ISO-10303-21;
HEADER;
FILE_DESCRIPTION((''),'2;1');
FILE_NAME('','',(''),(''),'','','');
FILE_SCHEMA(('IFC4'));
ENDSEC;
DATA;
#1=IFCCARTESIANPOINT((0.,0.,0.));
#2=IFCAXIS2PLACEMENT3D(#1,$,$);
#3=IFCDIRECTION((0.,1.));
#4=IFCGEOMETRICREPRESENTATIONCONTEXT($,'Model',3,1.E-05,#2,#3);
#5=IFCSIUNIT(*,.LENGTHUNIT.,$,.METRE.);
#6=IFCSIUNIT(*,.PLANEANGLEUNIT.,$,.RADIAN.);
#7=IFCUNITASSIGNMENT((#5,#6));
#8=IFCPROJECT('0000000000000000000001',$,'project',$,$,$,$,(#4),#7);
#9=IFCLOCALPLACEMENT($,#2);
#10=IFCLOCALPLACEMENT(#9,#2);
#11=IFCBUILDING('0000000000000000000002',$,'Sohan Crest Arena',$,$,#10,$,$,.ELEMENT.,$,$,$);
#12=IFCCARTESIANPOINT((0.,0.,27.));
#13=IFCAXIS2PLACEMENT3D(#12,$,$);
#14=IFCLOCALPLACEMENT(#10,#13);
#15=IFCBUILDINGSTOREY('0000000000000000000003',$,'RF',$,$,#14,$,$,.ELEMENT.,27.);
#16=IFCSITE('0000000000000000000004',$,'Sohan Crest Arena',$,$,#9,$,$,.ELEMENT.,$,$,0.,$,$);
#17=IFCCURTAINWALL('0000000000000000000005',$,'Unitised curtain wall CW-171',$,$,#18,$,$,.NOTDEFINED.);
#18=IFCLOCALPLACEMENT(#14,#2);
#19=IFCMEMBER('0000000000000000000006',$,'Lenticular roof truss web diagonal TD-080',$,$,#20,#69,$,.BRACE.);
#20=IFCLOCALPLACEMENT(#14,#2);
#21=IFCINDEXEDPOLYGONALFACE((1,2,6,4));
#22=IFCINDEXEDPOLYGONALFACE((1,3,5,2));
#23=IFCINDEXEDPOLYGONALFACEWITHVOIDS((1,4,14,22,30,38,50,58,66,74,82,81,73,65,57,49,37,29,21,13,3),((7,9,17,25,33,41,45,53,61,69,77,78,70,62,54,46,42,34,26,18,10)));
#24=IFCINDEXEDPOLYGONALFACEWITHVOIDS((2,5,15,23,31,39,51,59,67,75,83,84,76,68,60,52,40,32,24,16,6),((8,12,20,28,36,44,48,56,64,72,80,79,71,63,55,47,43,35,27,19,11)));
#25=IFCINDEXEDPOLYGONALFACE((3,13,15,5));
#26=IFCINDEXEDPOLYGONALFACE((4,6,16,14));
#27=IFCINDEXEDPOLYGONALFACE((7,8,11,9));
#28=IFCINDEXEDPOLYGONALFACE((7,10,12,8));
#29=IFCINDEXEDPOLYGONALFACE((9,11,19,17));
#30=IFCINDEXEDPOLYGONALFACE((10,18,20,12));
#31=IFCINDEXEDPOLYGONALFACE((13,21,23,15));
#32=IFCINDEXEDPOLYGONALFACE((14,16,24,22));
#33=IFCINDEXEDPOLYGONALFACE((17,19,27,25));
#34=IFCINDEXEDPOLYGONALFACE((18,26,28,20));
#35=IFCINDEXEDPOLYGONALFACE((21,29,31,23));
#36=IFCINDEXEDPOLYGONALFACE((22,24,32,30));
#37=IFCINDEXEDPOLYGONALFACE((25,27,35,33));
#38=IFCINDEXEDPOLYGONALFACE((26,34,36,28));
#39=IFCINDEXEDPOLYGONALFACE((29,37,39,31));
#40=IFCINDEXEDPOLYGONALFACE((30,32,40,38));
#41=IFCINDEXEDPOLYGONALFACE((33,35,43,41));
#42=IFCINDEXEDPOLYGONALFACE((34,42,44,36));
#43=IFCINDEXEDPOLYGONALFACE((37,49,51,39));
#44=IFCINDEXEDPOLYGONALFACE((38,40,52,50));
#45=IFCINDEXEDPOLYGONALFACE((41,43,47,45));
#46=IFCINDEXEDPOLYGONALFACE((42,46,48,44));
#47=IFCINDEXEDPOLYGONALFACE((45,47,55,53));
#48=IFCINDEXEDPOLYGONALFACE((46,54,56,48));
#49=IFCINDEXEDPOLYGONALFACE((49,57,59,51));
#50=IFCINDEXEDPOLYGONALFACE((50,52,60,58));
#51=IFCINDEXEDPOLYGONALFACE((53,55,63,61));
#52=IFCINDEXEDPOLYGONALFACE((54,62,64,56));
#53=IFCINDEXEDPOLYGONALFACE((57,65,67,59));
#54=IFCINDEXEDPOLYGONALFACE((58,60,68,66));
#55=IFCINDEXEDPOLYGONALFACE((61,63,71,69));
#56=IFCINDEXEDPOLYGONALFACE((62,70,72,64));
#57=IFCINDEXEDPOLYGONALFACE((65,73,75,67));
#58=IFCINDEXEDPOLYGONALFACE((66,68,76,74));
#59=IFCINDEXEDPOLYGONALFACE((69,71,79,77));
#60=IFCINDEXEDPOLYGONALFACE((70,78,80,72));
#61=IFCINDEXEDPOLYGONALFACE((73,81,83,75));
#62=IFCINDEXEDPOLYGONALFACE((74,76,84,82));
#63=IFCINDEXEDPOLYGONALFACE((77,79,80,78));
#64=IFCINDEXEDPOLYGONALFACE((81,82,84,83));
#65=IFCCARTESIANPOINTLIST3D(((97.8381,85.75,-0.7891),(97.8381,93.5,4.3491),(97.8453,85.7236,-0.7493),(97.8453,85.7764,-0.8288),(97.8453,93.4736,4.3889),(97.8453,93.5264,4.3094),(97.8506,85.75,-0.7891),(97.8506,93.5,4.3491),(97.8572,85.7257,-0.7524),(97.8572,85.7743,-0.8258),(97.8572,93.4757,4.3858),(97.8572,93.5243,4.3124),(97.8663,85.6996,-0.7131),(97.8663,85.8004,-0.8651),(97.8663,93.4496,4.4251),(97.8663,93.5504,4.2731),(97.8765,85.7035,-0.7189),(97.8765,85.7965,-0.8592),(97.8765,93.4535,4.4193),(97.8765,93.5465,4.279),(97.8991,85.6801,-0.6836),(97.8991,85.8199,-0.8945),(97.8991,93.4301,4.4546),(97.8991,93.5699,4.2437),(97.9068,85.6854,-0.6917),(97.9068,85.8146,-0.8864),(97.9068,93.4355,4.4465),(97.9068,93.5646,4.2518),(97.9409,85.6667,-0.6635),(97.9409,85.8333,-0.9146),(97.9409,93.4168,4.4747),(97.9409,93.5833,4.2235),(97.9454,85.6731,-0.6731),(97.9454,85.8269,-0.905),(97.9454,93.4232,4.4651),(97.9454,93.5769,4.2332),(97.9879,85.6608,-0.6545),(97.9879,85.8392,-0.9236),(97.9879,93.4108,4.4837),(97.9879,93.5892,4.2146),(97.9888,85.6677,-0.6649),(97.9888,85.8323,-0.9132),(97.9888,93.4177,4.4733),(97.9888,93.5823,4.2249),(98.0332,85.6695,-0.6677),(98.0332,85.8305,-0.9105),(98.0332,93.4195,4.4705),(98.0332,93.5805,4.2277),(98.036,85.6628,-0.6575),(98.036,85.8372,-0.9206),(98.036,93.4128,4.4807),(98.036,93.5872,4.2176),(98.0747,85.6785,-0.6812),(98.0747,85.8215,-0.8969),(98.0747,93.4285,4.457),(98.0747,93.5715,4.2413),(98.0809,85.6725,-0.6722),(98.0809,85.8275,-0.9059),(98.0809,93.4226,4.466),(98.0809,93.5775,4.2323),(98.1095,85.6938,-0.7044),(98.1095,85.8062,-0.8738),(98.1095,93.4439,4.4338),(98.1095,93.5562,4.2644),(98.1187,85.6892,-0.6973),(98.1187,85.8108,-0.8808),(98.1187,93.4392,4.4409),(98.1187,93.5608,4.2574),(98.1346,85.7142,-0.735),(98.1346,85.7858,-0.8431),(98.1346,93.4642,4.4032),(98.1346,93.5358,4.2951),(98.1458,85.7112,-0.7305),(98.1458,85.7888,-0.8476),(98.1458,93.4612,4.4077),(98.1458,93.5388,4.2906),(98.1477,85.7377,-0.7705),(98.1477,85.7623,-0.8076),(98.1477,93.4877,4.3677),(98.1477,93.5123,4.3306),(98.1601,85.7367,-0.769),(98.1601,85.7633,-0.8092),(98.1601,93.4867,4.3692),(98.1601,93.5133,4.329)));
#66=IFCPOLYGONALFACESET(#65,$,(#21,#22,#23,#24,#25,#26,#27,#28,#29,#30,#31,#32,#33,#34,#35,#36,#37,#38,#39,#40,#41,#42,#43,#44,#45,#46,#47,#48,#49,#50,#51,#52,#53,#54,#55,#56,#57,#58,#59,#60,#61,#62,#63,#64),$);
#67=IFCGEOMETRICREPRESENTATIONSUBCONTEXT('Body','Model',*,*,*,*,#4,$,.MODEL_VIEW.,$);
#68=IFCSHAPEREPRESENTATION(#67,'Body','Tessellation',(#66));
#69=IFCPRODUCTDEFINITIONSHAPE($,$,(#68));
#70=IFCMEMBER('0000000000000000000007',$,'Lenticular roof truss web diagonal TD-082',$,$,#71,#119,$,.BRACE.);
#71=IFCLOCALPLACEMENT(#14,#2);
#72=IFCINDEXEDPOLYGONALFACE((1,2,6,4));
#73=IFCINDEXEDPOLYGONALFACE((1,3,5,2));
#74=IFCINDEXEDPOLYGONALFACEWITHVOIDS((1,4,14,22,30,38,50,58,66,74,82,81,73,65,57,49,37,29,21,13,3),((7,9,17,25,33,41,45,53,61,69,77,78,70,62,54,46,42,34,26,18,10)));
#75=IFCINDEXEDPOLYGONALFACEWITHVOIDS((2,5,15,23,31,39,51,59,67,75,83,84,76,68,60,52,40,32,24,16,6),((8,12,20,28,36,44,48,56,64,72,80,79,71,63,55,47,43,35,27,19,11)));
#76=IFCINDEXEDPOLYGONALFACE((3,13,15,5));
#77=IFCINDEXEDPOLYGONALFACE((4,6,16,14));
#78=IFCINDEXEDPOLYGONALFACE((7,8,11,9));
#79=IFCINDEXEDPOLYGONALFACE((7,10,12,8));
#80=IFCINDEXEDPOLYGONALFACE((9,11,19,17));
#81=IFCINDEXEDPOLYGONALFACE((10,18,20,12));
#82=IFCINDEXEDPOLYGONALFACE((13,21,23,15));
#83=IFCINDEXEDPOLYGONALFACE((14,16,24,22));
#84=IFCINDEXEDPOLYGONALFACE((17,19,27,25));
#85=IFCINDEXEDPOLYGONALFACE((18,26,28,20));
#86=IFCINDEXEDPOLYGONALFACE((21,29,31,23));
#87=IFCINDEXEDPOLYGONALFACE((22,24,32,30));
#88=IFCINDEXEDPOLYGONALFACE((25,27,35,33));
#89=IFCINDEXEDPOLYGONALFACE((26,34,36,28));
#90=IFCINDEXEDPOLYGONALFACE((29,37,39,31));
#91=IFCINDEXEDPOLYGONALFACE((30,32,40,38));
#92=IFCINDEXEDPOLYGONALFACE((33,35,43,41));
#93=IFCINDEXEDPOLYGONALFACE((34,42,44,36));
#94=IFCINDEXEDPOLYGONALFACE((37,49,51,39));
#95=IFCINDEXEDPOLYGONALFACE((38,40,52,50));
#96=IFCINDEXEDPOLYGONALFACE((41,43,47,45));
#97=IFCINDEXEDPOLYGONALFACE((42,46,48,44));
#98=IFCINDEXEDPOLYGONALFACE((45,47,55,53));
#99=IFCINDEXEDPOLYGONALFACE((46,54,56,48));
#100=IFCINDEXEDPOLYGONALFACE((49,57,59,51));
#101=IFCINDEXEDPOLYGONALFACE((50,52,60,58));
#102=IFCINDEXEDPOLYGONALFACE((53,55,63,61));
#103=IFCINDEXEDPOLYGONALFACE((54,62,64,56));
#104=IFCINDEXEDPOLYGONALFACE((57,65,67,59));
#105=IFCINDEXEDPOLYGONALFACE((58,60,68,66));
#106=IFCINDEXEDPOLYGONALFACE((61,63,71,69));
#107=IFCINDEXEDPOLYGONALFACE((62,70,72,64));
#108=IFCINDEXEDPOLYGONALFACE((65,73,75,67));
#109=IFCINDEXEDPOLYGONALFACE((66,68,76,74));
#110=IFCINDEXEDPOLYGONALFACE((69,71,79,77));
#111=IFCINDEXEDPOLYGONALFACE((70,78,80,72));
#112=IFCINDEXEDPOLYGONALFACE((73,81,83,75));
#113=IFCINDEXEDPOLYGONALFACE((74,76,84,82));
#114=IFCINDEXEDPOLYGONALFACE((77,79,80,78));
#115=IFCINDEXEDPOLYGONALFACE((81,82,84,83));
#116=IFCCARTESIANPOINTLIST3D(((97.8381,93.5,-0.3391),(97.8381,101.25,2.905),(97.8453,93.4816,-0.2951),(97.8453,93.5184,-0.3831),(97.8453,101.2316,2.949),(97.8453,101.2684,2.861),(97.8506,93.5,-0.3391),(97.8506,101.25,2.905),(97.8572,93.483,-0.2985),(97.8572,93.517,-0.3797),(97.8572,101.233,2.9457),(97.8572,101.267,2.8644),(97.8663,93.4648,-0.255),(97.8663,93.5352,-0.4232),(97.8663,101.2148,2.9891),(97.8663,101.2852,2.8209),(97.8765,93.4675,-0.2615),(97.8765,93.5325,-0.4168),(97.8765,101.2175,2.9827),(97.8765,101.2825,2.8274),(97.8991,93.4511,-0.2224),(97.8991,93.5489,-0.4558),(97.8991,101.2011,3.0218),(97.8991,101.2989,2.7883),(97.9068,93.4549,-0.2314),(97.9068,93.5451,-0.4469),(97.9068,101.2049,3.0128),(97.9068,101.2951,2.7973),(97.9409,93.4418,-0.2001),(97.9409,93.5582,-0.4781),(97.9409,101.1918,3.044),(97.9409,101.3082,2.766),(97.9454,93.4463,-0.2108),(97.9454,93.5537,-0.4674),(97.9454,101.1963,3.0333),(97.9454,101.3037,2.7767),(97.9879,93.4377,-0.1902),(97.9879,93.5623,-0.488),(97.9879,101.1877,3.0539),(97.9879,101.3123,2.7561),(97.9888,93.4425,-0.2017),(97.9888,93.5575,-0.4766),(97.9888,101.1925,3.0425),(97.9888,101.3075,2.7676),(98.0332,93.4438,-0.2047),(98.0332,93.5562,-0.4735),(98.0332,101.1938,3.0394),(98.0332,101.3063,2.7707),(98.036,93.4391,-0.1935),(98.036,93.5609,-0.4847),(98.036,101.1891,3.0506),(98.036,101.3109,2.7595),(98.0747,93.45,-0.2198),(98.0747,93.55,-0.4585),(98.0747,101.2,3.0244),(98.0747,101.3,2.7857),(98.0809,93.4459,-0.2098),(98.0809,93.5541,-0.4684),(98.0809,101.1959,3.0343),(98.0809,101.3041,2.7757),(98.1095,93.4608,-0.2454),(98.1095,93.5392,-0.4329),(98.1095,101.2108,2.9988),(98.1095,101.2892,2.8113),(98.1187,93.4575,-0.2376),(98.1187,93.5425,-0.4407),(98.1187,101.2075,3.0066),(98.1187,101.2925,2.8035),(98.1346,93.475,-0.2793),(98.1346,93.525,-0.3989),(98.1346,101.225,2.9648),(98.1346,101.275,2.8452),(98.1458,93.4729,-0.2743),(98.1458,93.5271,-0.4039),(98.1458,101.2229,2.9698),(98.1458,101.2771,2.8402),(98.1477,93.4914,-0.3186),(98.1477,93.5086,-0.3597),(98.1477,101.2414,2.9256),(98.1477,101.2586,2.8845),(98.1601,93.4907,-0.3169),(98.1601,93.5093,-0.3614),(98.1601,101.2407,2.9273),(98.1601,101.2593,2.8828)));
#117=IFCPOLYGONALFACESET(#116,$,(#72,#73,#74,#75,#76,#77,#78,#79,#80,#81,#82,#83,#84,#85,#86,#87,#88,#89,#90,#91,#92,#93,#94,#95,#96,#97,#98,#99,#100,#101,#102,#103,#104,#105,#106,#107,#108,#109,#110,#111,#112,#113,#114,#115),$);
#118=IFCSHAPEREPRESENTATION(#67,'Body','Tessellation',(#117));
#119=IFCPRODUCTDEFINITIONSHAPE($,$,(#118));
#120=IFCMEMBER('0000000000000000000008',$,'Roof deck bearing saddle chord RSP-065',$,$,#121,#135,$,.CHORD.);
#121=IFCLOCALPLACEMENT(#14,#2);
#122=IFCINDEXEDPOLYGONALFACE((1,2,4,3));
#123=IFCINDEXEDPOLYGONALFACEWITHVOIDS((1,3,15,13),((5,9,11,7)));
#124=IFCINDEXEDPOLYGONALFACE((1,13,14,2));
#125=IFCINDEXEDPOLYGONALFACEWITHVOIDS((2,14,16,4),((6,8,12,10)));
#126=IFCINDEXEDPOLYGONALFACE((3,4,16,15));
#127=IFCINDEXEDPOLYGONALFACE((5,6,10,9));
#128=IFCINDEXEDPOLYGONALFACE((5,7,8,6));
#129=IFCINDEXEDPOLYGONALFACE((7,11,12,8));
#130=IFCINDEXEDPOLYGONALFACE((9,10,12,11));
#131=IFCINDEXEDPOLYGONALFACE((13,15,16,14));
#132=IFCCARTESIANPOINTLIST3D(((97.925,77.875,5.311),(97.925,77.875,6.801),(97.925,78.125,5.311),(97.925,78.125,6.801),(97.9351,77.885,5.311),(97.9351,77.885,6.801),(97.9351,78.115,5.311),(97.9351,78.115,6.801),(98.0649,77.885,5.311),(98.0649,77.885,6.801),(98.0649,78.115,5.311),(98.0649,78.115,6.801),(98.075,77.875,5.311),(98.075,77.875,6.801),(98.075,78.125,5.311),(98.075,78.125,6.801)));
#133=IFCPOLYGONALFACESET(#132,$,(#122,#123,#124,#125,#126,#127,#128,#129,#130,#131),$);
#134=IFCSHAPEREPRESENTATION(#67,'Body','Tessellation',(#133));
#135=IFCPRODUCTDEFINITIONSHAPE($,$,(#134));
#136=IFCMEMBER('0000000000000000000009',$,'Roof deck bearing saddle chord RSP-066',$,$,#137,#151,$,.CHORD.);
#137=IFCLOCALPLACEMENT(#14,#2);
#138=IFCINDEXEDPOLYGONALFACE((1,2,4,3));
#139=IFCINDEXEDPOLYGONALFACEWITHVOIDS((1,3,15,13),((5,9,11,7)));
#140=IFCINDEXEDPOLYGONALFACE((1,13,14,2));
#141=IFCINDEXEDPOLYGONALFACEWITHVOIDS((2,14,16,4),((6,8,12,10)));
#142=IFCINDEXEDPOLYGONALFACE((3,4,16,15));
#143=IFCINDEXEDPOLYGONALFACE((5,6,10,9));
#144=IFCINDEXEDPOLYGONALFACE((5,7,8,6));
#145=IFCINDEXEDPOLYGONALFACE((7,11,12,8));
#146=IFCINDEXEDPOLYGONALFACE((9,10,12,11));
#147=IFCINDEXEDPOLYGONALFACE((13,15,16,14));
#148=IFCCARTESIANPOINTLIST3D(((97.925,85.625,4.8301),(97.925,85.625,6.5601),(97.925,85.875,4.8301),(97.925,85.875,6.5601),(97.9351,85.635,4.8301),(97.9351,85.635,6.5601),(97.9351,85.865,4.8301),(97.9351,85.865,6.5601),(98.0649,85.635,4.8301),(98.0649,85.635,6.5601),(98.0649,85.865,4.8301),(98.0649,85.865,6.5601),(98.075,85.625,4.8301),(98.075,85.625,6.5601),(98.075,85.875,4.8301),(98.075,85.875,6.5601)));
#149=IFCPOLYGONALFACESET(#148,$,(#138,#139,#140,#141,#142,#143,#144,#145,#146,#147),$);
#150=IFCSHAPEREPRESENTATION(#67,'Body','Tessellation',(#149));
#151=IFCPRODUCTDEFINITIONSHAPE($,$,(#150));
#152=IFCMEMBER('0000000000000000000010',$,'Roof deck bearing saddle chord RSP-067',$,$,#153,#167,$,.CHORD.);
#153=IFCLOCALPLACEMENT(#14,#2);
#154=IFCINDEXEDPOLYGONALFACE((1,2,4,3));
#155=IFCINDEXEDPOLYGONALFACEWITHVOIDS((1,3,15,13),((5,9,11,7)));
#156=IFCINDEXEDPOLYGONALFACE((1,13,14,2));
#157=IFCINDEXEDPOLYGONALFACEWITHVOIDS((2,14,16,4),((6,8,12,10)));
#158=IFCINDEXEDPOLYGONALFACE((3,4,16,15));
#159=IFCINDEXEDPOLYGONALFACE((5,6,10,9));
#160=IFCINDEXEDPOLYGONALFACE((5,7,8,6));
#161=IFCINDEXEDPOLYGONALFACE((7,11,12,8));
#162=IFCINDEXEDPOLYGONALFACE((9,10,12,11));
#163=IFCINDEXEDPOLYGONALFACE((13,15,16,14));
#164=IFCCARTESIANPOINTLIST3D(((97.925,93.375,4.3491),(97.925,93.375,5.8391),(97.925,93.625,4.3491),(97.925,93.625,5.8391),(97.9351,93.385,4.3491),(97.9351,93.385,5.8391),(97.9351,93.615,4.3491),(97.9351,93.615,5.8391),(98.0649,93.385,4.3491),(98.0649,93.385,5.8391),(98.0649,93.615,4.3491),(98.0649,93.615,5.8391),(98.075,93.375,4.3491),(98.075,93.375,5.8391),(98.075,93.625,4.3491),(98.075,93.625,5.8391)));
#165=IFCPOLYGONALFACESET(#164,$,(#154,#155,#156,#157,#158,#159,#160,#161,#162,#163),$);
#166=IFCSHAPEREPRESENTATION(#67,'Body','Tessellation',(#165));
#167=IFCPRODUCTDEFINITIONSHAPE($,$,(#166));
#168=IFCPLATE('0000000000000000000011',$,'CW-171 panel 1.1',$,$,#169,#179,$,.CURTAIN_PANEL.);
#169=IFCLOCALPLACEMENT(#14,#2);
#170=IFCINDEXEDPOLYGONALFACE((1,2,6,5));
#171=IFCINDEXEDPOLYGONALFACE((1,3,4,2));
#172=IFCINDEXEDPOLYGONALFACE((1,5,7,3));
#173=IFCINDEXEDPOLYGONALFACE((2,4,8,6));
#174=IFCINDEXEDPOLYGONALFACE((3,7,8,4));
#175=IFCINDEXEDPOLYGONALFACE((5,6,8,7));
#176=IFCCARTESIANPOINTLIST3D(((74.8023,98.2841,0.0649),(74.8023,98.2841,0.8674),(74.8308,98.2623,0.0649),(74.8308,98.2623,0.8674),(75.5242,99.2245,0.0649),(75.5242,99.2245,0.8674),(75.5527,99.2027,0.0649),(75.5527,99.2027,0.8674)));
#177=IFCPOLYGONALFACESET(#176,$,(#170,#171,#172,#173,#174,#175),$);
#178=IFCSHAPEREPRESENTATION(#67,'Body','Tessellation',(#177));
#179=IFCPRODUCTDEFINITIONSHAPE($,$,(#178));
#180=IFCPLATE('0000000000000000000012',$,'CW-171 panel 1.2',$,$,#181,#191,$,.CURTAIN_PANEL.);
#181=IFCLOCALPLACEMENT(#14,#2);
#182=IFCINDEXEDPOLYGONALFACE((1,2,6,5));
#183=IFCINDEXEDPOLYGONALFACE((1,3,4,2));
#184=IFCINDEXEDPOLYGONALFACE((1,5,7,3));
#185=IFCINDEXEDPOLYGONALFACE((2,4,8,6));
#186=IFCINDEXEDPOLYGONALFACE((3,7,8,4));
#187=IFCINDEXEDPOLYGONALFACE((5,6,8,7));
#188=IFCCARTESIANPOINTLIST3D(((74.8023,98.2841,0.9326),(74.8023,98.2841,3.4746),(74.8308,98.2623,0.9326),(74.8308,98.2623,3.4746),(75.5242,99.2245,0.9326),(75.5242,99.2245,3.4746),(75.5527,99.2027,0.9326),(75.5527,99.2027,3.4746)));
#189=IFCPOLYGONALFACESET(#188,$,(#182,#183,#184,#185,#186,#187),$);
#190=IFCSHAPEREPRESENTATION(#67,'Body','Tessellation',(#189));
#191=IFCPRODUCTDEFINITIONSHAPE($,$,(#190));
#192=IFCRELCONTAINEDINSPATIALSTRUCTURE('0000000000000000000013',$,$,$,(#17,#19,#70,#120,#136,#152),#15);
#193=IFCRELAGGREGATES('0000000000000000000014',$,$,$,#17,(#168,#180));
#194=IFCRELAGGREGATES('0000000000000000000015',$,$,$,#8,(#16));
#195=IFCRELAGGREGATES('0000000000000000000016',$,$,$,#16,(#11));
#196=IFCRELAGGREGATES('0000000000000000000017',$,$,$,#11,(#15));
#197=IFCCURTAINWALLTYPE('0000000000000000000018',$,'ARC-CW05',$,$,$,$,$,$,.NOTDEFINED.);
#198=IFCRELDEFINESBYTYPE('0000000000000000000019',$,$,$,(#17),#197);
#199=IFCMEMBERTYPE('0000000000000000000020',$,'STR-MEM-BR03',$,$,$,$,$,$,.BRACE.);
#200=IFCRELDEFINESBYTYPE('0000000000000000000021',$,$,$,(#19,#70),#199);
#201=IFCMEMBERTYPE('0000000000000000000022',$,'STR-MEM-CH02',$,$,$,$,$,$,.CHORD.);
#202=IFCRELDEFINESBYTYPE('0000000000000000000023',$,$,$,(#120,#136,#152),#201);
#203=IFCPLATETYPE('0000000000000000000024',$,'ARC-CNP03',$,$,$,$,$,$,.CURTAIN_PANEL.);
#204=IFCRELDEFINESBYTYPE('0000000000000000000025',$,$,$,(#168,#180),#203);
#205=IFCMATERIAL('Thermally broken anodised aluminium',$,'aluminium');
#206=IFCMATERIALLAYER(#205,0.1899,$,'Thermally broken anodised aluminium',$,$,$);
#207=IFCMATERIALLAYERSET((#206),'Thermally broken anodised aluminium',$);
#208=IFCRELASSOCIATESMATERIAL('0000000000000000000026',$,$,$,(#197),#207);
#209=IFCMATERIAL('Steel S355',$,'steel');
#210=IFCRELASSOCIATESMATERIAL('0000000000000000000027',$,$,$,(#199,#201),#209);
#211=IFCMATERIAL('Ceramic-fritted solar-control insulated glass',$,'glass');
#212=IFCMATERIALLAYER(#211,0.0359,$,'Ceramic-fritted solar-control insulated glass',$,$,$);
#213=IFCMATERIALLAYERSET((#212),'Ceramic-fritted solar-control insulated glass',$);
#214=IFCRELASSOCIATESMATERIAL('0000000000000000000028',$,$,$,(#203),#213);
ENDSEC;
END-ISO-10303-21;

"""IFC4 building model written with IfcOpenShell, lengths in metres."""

from ifc_helpers import new_model, si_unit, direction, frame, origin, origin_2d, place, context, subcontext, project, spatial, rectangle, hollow_rectangle, hollow_circle, extrude, material, layer, layer_set, material_profile, profile_set, type_object, element, aggregate, save


model = new_model("IFC4")

# Units and contexts
model_context = context("Model", 3, precision=1e-05, world=origin(), true_north=direction((0.0, 1.0)))
body_context = subcontext(model_context, "Body", "Model", "MODEL_VIEW")
ifc_project = project(units=[si_unit("LENGTHUNIT", "METRE"), si_unit("PLANEANGLEUNIT", "RADIAN")], contexts=[model_context])

# Site, building, storey
site_placement = place(None, origin())
site = spatial("IfcSite", under=ifc_project, at=site_placement, Name="Sohan Crest Arena", CompositionType="ELEMENT", RefElevation=0.0)
building_placement = place(site_placement, origin())
building = spatial("IfcBuilding", under=site, at=building_placement, Name="Sohan Crest Arena", CompositionType="ELEMENT")
storey_placement = place(building_placement, frame((0.0, 0.0, 27.0)))
storey = spatial("IfcBuildingStorey", under=building, at=storey_placement, Name="RF", CompositionType="ELEMENT", Elevation=27.0)

# Curtain wall
ifc_material_1 = material(Name="Thermally broken anodised aluminium", Category="aluminium")
ifc_layer_1 = layer(ifc_material_1, 0.1899, Name="Thermally broken anodised aluminium")
ifc_layer_set_1 = layer_set([ifc_layer_1], Name="Thermally broken anodised aluminium")
curtain_wall_type = type_object("IfcCurtainWallType", Name="ARC-CW05", PredefinedType="NOTDEFINED", material=ifc_layer_set_1)
curtain_wall_placement = place(storey_placement, origin())
curtain_wall = element("IfcCurtainWall", 1, at=curtain_wall_placement, inside=storey, type_object=curtain_wall_type, Name="Unitised curtain wall CW-171", PredefinedType="NOTDEFINED")

# Shared definitions
ifc_material_2 = material(Name="Steel S355", Category="steel")

# Members
ifc_material_profile_1 = material_profile(ifc_material_2, hollow_circle(Radius=0.1619, WallThickness=0.0125, at=origin_2d()), Name="CHS 323.9x12.5")
ifc_profile_set_1 = profile_set([ifc_material_profile_1], Name="Steel S355")
member_type_1 = type_object("IfcMemberType", Name="STR-MEM-BR03", PredefinedType="BRACE", material=ifc_profile_set_1)
member_1_placement = place(storey_placement, frame((98.0, 85.75, -0.7891), z_axis=(0.0, 0.833461, 0.552578), x_axis=(-1.0, 0.0, 0.0)))
element("IfcMember", 2, at=member_1_placement, inside=storey, type_object=member_type_1, Name="Lenticular roof truss web diagonal TD-080", PredefinedType="BRACE", context=body_context, shape_type="SweptSolid", body=[
    extrude(hollow_circle(Radius=0.1619, WallThickness=0.0125, at=origin_2d()), origin(), (0.0, 0.0, 1.0), 9.2986),
])
member_2_placement = place(storey_placement, frame((98.0, 93.5, -0.3391), z_axis=(0.0, 0.922443, 0.386133), x_axis=(-1.0, 0.0, 0.0)))
element("IfcMember", 3, at=member_2_placement, inside=storey, type_object=member_type_1, Name="Lenticular roof truss web diagonal TD-082", PredefinedType="BRACE", context=body_context, shape_type="SweptSolid", body=[
    extrude(hollow_circle(Radius=0.1619, WallThickness=0.0125, at=origin_2d()), origin(), (0.0, 0.0, 1.0), 8.4016),
])
ifc_material_profile_2 = material_profile(ifc_material_2, hollow_rectangle(XDim=0.1499, YDim=0.25, WallThickness=0.01, at=origin_2d()), Name="RHS 250x150x10")
ifc_profile_set_2 = profile_set([ifc_material_profile_2], Name="Steel S355")
member_type_2 = type_object("IfcMemberType", Name="STR-MEM-CH02", PredefinedType="CHORD", material=ifc_profile_set_2)
member_3_placement = place(storey_placement, frame((98.0, 78.0, 5.311), z_axis=(0.0, 0.0, 1.0), x_axis=(1.0, 0.0, 0.0)))
element("IfcMember", 4, at=member_3_placement, inside=storey, type_object=member_type_2, Name="Roof deck bearing saddle chord RSP-065", PredefinedType="CHORD", context=body_context, shape_type="SweptSolid", body=[
    extrude(hollow_rectangle(XDim=0.1499, YDim=0.25, WallThickness=0.01, at=origin_2d()), origin(), (0.0, 0.0, 1.0), 1.49),
])
member_4_placement = place(storey_placement, frame((98.0, 85.75, 4.8301), z_axis=(0.0, 0.0, 1.0), x_axis=(1.0, 0.0, 0.0)))
element("IfcMember", 5, at=member_4_placement, inside=storey, type_object=member_type_2, Name="Roof deck bearing saddle chord RSP-066", PredefinedType="CHORD", context=body_context, shape_type="SweptSolid", body=[
    extrude(hollow_rectangle(XDim=0.1499, YDim=0.25, WallThickness=0.01, at=origin_2d()), origin(), (0.0, 0.0, 1.0), 1.73),
])
member_5_placement = place(storey_placement, frame((98.0, 93.5, 4.3491), z_axis=(0.0, 0.0, 1.0), x_axis=(1.0, 0.0, 0.0)))
element("IfcMember", 6, at=member_5_placement, inside=storey, type_object=member_type_2, Name="Roof deck bearing saddle chord RSP-067", PredefinedType="CHORD", context=body_context, shape_type="SweptSolid", body=[
    extrude(hollow_rectangle(XDim=0.1499, YDim=0.25, WallThickness=0.01, at=origin_2d()), origin(), (0.0, 0.0, 1.0), 1.49),
])

# Plates
ifc_material_3 = material(Name="Ceramic-fritted solar-control insulated glass", Category="glass")
ifc_layer_2 = layer(ifc_material_3, 0.0359, Name="Ceramic-fritted solar-control insulated glass")
ifc_layer_set_2 = layer_set([ifc_layer_2], Name="Ceramic-fritted solar-control insulated glass")
plate_type = type_object("IfcPlateType", Name="ARC-CNP03", PredefinedType="CURTAIN_PANEL", material=ifc_layer_set_2)
plate_1_placement = place(storey_placement, frame((75.1775, 98.7434, 0.0649), z_axis=(0.0, 0.0, 1.0), x_axis=(-0.608939, -0.793217, 0.0)))
plate_1 = element("IfcPlate", 7, at=plate_1_placement, type_object=plate_type, Name="CW-171 panel 1.1", PredefinedType="CURTAIN_PANEL", context=body_context, shape_type="SweptSolid", body=[
    extrude(rectangle(XDim=1.1855, YDim=0.0359, at=origin_2d()), origin(), (0.0, 0.0, 1.0), 0.8025),
])
plate_2_placement = place(storey_placement, frame((75.1775, 98.7434, 0.9326), z_axis=(0.0, 0.0, 1.0), x_axis=(-0.608939, -0.793217, 0.0)))
plate_2 = element("IfcPlate", 8, at=plate_2_placement, type_object=plate_type, Name="CW-171 panel 1.2", PredefinedType="CURTAIN_PANEL", context=body_context, shape_type="SweptSolid", body=[
    extrude(rectangle(XDim=1.1855, YDim=0.0359, at=origin_2d()), origin(), (0.0, 0.0, 1.0), 2.542),
])
aggregate(curtain_wall, [plate_1, plate_2])

save(model, "model.ifc")
